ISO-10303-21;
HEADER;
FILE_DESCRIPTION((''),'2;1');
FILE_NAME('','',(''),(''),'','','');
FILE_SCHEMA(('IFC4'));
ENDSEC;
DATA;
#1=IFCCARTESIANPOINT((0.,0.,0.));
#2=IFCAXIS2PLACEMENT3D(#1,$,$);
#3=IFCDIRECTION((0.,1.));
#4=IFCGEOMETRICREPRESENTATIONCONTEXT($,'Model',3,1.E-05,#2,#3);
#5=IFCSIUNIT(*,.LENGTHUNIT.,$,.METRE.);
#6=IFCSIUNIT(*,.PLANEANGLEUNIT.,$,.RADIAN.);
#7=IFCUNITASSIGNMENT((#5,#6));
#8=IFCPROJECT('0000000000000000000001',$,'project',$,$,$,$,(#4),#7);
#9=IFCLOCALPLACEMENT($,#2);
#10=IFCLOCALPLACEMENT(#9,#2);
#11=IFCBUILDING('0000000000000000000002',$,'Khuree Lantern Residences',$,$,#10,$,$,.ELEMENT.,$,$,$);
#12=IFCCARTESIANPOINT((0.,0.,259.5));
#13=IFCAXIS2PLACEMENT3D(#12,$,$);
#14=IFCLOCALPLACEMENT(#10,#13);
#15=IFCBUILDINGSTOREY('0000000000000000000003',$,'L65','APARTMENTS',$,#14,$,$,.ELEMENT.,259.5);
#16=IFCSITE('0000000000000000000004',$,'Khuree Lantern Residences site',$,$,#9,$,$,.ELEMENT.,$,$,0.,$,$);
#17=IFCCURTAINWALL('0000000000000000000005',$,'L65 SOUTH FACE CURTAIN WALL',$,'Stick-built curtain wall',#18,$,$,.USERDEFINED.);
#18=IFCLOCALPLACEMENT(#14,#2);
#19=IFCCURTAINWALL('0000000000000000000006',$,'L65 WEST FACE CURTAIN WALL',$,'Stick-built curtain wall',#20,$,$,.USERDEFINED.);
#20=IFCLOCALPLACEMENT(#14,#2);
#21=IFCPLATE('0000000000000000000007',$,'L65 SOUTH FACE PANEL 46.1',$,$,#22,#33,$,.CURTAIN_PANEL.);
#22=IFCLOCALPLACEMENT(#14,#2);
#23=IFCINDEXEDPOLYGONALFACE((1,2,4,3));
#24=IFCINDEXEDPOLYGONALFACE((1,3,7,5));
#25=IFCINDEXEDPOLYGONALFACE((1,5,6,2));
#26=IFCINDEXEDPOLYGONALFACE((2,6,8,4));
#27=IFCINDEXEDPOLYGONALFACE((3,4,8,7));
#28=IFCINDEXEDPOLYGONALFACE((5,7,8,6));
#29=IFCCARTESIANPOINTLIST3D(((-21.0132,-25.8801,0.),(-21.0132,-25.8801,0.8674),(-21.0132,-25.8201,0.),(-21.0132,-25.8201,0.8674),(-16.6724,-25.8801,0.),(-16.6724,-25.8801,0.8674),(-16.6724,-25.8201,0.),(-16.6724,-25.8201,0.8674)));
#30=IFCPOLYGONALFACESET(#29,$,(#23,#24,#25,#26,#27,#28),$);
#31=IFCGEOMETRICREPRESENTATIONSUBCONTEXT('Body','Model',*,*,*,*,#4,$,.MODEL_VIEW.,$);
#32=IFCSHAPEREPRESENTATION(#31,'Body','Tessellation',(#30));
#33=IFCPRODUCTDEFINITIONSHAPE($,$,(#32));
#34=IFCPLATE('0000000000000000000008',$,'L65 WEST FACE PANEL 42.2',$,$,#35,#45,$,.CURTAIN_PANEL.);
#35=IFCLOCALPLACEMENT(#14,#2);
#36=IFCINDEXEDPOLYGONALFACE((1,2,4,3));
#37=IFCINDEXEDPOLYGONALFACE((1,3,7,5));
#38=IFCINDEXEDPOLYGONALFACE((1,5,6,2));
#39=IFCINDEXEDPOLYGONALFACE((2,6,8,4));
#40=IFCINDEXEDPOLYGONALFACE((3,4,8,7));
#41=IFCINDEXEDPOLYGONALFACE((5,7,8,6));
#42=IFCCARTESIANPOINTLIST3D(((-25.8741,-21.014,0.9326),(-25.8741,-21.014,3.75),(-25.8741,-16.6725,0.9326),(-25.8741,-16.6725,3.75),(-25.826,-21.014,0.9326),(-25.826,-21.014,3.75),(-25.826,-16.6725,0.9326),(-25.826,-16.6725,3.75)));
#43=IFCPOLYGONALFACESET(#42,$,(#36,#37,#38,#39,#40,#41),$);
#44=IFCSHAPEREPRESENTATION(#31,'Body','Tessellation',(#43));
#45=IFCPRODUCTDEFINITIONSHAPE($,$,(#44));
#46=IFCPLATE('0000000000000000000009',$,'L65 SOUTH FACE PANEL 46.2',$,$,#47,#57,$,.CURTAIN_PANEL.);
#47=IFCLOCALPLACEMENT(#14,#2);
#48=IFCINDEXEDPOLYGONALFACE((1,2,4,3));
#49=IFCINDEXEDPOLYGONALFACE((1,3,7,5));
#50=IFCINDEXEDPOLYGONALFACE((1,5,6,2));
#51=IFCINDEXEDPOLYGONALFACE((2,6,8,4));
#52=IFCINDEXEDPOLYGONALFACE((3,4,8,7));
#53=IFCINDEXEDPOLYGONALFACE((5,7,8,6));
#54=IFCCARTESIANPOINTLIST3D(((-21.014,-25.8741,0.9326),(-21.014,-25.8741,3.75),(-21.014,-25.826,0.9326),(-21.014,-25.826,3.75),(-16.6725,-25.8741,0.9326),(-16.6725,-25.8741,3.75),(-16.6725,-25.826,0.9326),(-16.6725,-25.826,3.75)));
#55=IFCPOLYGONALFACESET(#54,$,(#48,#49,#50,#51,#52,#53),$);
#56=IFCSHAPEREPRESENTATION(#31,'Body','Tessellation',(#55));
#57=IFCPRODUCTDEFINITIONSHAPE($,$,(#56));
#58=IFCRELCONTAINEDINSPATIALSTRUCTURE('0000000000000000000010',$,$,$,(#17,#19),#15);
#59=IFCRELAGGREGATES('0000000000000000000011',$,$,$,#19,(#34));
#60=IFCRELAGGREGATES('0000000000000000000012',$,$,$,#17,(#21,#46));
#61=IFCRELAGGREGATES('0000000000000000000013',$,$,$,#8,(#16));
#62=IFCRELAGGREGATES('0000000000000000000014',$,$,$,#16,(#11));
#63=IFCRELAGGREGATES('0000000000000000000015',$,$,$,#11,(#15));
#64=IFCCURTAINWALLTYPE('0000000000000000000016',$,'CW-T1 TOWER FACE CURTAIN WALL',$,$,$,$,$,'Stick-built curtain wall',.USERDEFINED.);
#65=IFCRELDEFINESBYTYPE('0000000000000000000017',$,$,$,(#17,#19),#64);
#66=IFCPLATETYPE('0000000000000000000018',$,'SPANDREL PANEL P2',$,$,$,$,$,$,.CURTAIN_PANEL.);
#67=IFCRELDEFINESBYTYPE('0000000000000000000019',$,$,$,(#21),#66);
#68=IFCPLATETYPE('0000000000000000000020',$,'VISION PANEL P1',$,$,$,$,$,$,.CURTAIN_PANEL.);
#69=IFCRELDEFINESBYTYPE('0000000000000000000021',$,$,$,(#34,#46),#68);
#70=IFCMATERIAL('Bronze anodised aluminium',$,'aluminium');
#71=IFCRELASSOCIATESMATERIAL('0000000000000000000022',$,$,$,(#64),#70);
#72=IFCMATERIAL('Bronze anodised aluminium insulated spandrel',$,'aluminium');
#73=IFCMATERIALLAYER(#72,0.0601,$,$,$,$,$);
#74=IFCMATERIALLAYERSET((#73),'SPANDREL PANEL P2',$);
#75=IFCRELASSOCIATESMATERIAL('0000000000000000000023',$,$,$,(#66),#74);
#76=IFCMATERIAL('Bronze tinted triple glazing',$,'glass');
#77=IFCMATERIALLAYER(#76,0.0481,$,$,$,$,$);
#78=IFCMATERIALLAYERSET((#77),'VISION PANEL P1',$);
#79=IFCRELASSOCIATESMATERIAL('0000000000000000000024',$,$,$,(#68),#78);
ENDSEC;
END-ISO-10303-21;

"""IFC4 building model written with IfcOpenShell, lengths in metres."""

from ifc_helpers import new_model, si_unit, direction, frame, origin, origin_2d, place, context, subcontext, project, spatial, rectangle, extrude, material, layer, layer_set, type_object, element, aggregate, save


model = new_model("IFC4")

# Units and contexts
model_context = context("Model", 3, precision=1e-05, world=origin(), true_north=direction((0.0, 1.0)))
body_context = subcontext(model_context, "Body", "Model", "MODEL_VIEW")
ifc_project = project(units=[si_unit("LENGTHUNIT", "METRE"), si_unit("PLANEANGLEUNIT", "RADIAN")], contexts=[model_context])

# Site, building, storey
site_placement = place(None, origin())
site = spatial("IfcSite", under=ifc_project, at=site_placement, Name="Khuree Lantern Residences site", CompositionType="ELEMENT", RefElevation=0.0)
building_placement = place(site_placement, origin())
building = spatial("IfcBuilding", under=site, at=building_placement, Name="Khuree Lantern Residences", CompositionType="ELEMENT")
storey_placement = place(building_placement, frame((0.0, 0.0, 259.5)))
storey = spatial("IfcBuildingStorey", under=building, at=storey_placement, Name="L65", Description="APARTMENTS", CompositionType="ELEMENT", Elevation=259.5)

# Curtain wall
ifc_material_1 = material(Name="Bronze anodised aluminium", Category="aluminium")
curtain_wall_type_1 = type_object("IfcCurtainWallType", Name="CW-T1 TOWER FACE CURTAIN WALL", ElementType="Stick-built curtain wall", PredefinedType="USERDEFINED", material=ifc_material_1)
curtain_wall_1_placement = place(storey_placement, origin())
curtain_wall_1 = element("IfcCurtainWall", 1, at=curtain_wall_1_placement, inside=storey, type_object=curtain_wall_type_1, Name="L65 SOUTH FACE CURTAIN WALL", ObjectType="Stick-built curtain wall", PredefinedType="USERDEFINED")

# Curtain wall
curtain_wall_2_placement = place(storey_placement, origin())
curtain_wall_2 = element("IfcCurtainWall", 2, at=curtain_wall_2_placement, inside=storey, type_object=curtain_wall_type_1, Name="L65 WEST FACE CURTAIN WALL", ObjectType="Stick-built curtain wall", PredefinedType="USERDEFINED")

# Plates
ifc_material_2 = material(Name="Bronze tinted triple glazing", Category="glass")
ifc_material_3 = material(Name="Bronze anodised aluminium insulated spandrel", Category="aluminium")
ifc_layer_1 = layer(ifc_material_3, 0.0601)
ifc_layer_set_1 = layer_set([ifc_layer_1], Name="SPANDREL PANEL P2")
plate_type_1 = type_object("IfcPlateType", Name="SPANDREL PANEL P2", PredefinedType="CURTAIN_PANEL", material=ifc_layer_set_1)
plate_1_placement = place(storey_placement, frame((-18.8428, -25.8501, 0.0), z_axis=(0.0, 0.0, 1.0), x_axis=(1.0, 0.0, 0.0)))
plate_1 = element("IfcPlate", 3, at=plate_1_placement, type_object=plate_type_1, Name="L65 SOUTH FACE PANEL 46.1", PredefinedType="CURTAIN_PANEL", context=body_context, shape_type="SweptSolid", body=[
    extrude(rectangle(XDim=4.3408, YDim=0.0601, at=origin_2d()), origin(), (0.0, 0.0, 1.0), 0.8674),
])
ifc_layer_2 = layer(ifc_material_2, 0.0481)
ifc_layer_set_2 = layer_set([ifc_layer_2], Name="VISION PANEL P1")
plate_type_2 = type_object("IfcPlateType", Name="VISION PANEL P1", PredefinedType="CURTAIN_PANEL", material=ifc_layer_set_2)
plate_2_placement = place(storey_placement, frame((-25.8501, -18.8433, 0.9326), z_axis=(0.0, 0.0, 1.0), x_axis=(0.0, -1.0, 0.0)))
plate_2 = element("IfcPlate", 4, at=plate_2_placement, type_object=plate_type_2, Name="L65 WEST FACE PANEL 42.2", PredefinedType="CURTAIN_PANEL", context=body_context, shape_type="SweptSolid", body=[
    extrude(rectangle(XDim=4.3416, YDim=0.0481, at=origin_2d()), origin(), (0.0, 0.0, 1.0), 2.8174),
])
aggregate(curtain_wall_2, [plate_2])
plate_3_placement = place(storey_placement, frame((-18.8433, -25.8501, 0.9326), z_axis=(0.0, 0.0, 1.0), x_axis=(1.0, 0.0, 0.0)))
plate_3 = element("IfcPlate", 5, at=plate_3_placement, type_object=plate_type_2, Name="L65 SOUTH FACE PANEL 46.2", PredefinedType="CURTAIN_PANEL", context=body_context, shape_type="SweptSolid", body=[
    extrude(rectangle(XDim=4.3416, YDim=0.0481, at=origin_2d()), origin(), (0.0, 0.0, 1.0), 2.8174),
])
aggregate(curtain_wall_1, [plate_1, plate_3])

save(model, "model.ifc")
